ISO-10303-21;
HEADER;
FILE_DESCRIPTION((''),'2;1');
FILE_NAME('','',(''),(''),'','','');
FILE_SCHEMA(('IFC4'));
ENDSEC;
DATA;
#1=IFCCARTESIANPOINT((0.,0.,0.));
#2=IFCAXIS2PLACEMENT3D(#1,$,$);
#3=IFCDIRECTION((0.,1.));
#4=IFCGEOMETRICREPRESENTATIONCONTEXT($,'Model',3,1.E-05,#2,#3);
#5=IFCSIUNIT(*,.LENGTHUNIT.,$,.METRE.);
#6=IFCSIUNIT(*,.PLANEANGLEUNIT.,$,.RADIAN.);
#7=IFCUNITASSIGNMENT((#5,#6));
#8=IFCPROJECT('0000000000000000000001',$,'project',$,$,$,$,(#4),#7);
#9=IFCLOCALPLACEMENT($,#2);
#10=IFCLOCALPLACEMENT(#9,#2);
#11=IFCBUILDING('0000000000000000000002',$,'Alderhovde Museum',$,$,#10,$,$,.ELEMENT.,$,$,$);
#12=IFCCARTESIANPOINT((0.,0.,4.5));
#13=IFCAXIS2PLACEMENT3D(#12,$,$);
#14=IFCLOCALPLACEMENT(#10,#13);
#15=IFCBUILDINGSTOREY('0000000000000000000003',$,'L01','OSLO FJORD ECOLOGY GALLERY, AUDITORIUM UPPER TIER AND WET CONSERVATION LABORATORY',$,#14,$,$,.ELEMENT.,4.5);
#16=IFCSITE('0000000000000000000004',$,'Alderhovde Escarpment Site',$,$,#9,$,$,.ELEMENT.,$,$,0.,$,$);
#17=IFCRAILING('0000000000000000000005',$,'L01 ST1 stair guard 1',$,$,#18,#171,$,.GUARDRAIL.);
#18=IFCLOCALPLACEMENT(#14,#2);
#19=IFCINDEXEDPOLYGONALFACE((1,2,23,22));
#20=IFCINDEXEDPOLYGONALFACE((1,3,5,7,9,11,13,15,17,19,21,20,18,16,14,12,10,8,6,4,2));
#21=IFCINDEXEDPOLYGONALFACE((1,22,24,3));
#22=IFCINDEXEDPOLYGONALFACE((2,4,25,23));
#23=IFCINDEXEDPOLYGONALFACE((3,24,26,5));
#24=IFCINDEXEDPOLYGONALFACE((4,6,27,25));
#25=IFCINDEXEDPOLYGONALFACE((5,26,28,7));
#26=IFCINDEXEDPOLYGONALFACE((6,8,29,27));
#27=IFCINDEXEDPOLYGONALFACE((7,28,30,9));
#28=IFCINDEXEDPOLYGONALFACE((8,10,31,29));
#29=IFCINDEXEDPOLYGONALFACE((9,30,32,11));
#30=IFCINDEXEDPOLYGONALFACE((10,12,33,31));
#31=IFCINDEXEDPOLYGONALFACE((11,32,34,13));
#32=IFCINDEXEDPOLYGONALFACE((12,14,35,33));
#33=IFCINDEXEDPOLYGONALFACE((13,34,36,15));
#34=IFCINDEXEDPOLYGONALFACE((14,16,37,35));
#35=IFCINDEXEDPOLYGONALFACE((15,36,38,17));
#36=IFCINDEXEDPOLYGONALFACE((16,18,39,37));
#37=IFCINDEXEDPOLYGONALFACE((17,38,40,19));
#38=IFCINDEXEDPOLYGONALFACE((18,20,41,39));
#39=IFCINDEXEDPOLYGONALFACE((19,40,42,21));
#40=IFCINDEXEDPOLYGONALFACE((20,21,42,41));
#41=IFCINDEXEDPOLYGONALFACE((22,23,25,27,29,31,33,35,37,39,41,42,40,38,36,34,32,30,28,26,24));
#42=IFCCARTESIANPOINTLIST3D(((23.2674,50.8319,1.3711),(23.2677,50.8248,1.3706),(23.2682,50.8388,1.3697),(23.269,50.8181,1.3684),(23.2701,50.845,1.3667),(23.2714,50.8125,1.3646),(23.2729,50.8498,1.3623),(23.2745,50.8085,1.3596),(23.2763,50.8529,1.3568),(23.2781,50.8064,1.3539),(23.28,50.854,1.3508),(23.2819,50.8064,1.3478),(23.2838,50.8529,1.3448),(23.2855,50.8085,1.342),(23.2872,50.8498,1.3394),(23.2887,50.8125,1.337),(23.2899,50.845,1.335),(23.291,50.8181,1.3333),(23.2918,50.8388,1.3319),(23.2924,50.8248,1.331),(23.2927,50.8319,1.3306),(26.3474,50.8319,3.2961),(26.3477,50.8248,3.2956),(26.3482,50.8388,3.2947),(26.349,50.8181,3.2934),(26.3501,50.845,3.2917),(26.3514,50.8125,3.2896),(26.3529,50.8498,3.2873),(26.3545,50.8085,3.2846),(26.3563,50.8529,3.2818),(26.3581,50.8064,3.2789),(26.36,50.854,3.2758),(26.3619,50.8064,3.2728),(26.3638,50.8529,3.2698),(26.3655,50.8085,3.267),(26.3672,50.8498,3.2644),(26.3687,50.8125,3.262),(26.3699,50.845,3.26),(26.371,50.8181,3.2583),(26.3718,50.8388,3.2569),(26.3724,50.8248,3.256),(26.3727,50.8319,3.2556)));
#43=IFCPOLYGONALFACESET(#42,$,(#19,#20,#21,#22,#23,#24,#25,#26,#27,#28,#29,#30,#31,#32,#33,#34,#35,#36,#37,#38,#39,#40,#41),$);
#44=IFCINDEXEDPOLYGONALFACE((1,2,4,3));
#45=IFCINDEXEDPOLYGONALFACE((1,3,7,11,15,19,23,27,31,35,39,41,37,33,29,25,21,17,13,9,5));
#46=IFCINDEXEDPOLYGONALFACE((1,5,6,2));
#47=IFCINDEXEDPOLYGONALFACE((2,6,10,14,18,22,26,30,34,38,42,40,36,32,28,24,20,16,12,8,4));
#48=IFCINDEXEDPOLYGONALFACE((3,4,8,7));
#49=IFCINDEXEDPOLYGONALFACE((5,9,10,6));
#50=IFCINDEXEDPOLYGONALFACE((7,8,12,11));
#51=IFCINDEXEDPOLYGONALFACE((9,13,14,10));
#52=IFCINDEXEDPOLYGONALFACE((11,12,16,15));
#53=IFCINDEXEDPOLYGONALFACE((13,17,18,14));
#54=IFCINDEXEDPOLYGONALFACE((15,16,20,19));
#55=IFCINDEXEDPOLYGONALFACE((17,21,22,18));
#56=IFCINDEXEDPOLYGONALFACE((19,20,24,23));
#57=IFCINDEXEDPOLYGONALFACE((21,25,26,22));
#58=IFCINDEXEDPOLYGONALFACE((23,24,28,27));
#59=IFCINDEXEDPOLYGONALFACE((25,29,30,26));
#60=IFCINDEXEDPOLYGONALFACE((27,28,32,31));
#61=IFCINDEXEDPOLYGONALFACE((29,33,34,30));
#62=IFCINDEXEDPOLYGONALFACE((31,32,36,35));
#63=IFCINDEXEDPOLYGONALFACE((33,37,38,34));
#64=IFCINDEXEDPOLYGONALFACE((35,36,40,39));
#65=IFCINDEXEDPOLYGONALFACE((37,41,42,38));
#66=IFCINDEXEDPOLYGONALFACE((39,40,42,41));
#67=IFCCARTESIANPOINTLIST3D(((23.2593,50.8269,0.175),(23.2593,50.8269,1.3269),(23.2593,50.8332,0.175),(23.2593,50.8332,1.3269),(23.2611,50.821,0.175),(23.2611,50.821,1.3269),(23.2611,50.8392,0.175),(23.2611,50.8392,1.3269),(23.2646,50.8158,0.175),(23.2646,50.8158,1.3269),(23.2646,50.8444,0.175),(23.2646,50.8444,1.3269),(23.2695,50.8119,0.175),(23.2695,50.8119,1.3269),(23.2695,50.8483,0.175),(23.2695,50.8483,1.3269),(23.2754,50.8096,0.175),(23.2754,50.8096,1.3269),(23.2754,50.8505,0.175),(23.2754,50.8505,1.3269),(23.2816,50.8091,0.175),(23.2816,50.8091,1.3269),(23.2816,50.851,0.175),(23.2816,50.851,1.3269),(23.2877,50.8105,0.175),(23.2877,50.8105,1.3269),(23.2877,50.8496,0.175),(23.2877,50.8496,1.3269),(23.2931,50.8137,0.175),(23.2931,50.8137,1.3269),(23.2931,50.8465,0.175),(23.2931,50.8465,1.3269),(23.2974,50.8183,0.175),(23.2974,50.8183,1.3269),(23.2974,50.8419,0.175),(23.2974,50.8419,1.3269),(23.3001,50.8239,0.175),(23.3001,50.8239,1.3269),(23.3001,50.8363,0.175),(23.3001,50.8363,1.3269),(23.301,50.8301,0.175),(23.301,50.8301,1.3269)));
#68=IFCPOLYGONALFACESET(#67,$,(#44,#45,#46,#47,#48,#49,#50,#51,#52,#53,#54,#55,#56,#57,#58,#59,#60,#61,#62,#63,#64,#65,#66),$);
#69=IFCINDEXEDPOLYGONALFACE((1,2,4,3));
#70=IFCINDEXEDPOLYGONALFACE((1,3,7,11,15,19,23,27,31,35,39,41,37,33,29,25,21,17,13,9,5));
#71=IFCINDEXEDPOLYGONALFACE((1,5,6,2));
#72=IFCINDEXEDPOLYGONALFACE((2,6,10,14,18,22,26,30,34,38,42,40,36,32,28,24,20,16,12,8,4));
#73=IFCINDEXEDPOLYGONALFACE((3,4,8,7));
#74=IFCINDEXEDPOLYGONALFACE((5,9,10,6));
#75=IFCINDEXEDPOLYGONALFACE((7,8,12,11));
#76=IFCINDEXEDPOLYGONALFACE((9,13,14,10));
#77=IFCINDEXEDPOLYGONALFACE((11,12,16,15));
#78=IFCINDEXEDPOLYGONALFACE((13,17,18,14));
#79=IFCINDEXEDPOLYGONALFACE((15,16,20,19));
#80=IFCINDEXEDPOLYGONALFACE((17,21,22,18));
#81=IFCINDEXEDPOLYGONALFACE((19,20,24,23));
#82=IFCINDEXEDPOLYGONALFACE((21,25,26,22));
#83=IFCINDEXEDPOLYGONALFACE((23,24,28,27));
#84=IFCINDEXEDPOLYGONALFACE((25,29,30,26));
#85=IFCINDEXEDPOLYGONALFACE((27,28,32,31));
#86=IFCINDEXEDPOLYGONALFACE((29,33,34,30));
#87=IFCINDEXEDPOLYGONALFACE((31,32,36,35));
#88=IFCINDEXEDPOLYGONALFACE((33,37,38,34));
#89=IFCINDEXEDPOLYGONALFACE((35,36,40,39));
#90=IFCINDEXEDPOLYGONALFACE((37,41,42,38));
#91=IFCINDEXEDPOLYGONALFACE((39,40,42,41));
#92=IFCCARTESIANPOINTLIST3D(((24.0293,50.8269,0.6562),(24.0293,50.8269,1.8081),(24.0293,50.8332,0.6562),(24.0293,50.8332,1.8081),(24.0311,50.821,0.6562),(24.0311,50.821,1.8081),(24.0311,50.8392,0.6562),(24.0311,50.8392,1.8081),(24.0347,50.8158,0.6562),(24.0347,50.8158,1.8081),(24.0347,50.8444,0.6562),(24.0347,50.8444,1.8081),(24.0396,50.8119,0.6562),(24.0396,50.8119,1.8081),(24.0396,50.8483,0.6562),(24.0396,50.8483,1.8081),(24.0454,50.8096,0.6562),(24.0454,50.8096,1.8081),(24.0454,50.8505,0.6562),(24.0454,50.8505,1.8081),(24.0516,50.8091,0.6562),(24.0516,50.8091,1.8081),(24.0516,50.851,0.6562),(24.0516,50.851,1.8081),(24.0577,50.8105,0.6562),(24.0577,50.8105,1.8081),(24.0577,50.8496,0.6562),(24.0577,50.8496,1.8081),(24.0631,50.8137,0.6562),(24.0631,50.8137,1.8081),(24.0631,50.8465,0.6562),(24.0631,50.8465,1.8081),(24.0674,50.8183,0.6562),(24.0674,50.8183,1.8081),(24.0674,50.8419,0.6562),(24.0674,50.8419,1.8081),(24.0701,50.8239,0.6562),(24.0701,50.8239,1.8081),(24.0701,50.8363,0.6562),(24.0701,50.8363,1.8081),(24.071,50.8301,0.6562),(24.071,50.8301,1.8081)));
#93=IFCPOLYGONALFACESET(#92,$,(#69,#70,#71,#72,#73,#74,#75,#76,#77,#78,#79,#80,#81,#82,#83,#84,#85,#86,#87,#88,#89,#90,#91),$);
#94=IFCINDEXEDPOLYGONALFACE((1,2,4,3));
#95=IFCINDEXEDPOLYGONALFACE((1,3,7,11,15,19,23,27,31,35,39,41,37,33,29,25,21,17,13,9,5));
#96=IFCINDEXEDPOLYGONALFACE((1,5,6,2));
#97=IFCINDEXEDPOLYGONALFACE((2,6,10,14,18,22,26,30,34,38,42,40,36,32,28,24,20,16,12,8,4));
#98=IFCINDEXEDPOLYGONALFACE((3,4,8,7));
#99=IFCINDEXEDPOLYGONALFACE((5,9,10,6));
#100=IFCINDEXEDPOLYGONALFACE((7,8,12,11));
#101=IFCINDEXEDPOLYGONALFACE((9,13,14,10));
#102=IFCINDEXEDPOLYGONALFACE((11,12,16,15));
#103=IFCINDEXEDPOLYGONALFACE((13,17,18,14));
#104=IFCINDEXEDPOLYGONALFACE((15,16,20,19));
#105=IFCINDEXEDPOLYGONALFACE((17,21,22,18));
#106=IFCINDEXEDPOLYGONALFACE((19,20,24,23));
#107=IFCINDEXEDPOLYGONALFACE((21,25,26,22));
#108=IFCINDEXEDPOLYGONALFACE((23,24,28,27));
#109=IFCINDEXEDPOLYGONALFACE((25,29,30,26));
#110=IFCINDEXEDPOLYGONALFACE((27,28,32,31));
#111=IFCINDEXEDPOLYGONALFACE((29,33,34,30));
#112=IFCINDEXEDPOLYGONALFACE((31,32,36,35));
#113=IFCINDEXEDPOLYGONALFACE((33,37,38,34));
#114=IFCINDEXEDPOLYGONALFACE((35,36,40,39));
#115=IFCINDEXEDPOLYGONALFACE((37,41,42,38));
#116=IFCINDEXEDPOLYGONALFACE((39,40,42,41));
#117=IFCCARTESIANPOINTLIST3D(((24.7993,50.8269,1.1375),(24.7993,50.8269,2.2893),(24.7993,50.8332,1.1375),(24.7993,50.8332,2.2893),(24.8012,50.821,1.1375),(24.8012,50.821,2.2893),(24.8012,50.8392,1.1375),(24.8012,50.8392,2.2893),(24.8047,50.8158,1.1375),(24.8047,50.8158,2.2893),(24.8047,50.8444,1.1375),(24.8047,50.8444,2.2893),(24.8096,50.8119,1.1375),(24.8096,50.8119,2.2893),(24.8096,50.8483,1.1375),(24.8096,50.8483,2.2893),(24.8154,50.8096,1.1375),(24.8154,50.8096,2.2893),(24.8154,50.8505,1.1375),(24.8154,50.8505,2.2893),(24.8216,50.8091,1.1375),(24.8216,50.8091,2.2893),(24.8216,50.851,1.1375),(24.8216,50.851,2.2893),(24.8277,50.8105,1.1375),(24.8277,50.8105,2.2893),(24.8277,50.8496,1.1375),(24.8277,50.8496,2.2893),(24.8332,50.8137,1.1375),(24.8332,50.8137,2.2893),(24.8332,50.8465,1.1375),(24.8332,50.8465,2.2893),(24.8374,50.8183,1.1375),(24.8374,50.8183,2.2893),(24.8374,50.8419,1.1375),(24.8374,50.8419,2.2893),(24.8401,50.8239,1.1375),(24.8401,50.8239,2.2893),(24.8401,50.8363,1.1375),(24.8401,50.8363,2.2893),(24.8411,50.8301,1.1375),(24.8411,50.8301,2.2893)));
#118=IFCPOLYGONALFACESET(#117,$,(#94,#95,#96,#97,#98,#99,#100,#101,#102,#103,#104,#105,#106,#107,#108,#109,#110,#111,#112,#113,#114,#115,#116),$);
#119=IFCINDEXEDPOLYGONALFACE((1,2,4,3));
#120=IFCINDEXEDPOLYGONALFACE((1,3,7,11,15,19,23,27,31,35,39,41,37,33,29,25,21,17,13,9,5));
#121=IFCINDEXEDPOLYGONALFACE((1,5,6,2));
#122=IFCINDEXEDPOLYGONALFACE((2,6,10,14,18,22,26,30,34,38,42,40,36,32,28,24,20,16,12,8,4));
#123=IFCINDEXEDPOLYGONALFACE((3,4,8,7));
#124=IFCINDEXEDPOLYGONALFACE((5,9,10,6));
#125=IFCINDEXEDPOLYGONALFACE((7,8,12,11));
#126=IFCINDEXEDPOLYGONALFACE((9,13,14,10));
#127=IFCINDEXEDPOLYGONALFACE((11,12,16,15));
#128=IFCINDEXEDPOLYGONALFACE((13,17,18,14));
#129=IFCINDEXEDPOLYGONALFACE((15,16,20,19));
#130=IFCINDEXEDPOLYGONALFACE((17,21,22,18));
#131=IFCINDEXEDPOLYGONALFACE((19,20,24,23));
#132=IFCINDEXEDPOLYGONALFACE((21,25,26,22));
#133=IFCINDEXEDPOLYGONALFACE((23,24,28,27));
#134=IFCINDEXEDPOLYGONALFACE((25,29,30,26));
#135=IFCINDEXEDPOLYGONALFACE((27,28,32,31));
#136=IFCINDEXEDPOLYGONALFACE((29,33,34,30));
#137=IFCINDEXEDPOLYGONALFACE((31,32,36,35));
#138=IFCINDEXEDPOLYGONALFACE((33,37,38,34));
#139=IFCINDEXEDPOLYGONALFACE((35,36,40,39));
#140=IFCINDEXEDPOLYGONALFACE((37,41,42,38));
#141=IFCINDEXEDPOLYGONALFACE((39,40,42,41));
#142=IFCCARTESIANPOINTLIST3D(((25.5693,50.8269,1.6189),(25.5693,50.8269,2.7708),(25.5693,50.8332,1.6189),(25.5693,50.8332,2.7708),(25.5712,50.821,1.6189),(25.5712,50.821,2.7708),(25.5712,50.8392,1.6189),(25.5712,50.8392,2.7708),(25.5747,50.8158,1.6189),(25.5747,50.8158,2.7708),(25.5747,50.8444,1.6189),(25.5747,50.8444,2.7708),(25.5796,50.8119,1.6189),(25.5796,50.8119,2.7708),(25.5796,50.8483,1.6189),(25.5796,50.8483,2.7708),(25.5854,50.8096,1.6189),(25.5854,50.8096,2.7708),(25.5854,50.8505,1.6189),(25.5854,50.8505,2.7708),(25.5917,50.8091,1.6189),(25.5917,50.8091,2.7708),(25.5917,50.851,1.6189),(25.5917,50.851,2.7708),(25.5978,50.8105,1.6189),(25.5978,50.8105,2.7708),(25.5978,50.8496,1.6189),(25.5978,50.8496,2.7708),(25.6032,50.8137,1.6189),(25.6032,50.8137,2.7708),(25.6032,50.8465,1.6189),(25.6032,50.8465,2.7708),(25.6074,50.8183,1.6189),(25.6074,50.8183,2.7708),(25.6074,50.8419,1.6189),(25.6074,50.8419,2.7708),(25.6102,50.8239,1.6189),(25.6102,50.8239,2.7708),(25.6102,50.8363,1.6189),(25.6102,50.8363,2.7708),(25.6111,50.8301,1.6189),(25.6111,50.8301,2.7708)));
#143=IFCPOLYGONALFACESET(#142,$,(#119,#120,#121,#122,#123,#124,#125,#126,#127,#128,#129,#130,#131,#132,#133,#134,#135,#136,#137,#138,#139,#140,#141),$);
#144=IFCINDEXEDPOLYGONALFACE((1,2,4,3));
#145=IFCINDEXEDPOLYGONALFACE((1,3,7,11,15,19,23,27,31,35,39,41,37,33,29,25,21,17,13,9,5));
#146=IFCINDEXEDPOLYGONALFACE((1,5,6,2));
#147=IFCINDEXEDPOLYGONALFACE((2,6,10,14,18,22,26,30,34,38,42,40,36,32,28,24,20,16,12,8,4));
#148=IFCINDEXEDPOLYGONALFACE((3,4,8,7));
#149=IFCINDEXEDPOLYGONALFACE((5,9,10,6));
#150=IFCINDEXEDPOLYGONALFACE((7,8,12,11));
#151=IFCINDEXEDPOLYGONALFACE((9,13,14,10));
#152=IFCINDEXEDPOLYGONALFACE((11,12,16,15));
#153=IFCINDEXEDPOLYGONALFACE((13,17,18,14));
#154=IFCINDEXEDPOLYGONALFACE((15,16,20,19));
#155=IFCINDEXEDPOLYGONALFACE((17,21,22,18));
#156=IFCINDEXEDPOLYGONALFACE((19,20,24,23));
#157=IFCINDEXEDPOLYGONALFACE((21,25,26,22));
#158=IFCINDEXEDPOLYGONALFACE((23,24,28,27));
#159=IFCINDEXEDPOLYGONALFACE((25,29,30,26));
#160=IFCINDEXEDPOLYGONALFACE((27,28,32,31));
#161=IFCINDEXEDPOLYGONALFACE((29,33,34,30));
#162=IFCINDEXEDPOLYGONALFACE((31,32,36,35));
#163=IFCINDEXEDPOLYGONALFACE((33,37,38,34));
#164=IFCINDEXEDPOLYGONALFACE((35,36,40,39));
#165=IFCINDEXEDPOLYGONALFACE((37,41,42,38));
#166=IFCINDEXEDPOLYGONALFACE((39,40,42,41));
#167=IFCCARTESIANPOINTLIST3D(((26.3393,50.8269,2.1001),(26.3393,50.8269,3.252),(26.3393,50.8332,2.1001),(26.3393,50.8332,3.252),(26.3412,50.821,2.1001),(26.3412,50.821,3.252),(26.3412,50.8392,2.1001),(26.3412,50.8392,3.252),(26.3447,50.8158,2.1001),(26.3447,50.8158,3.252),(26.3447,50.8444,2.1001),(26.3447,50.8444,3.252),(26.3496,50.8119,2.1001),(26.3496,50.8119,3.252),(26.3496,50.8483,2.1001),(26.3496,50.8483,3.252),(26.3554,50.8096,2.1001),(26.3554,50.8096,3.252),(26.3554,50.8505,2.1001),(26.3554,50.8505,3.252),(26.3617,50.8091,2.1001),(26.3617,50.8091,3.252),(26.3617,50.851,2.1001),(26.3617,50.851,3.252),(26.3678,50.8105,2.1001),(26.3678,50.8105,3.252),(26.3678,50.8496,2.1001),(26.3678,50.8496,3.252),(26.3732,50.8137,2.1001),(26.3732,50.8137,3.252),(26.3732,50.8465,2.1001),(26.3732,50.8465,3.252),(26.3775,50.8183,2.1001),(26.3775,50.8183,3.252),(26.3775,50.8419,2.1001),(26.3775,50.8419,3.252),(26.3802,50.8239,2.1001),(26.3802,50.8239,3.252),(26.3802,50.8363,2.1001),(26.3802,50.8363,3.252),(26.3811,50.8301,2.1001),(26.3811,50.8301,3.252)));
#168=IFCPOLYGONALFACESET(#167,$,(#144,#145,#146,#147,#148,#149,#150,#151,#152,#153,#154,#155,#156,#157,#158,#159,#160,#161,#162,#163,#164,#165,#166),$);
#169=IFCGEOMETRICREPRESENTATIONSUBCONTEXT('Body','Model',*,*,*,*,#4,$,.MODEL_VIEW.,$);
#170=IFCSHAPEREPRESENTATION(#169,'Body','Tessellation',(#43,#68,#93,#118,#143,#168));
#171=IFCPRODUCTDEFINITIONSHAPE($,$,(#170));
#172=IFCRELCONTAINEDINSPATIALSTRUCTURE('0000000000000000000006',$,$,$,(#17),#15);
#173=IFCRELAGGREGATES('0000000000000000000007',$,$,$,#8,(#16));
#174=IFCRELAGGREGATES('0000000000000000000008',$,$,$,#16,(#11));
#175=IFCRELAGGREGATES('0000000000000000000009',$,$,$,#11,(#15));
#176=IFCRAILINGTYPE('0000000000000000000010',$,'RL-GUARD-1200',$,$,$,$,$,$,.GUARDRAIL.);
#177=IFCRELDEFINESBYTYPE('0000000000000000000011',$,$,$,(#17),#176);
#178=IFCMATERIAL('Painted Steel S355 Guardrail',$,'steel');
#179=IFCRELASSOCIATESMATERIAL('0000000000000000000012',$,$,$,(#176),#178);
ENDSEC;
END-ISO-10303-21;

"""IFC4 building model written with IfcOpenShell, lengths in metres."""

from ifc_helpers import new_model, si_unit, direction, frame, origin, origin_2d, place, context, subcontext, project, spatial, circle, extrude, material, type_object, element, save


model = new_model("IFC4")

# Units and contexts
model_context = context("Model", 3, precision=1e-05, world=origin(), true_north=direction((0.0, 1.0)))
body_context = subcontext(model_context, "Body", "Model", "MODEL_VIEW")
ifc_project = project(units=[si_unit("LENGTHUNIT", "METRE"), si_unit("PLANEANGLEUNIT", "RADIAN")], contexts=[model_context])

# Site, building, storey
site_placement = place(None, origin())
site = spatial("IfcSite", under=ifc_project, at=site_placement, Name="Alderhovde Escarpment Site", CompositionType="ELEMENT", RefElevation=0.0)
building_placement = place(site_placement, origin())
building = spatial("IfcBuilding", under=site, at=building_placement, Name="Alderhovde Museum", CompositionType="ELEMENT")
storey_placement = place(building_placement, frame((0.0, 0.0, 4.5)))
storey = spatial("IfcBuildingStorey", under=building, at=storey_placement, Name="L01", Description="OSLO FJORD ECOLOGY GALLERY, AUDITORIUM UPPER TIER AND WET CONSERVATION LABORATORY", CompositionType="ELEMENT", Elevation=4.5)

# Railing
ifc_material_1 = material(Name="Painted Steel S355 Guardrail", Category="steel")
railing_type_1 = type_object("IfcRailingType", Name="RL-GUARD-1200", PredefinedType="GUARDRAIL", material=ifc_material_1)
railing_1_placement = place(storey_placement, frame((23.28, 50.8301, 0.175)))
element("IfcRailing", 1, at=railing_1_placement, inside=storey, type_object=railing_type_1, Name="L01 ST1 stair guard 1", PredefinedType="GUARDRAIL", context=body_context, shape_type="SweptSolid", body=[
    extrude(circle(Radius=0.0239, at=origin_2d()), frame((0.0, 0.0, 1.1758), z_axis=(0.847998, 0.0, 0.529999), x_axis=(0.0, 1.0, 0.0)), (0.0, 0.0, 1.0), 3.6321),
    extrude(circle(Radius=0.021, at=origin_2d()), origin(), (0.0, 0.0, 1.0), 1.1519),
    extrude(circle(Radius=0.021, at=origin_2d()), frame((0.77, 0.0, 0.4812)), (0.0, 0.0, 1.0), 1.1519),
    extrude(circle(Radius=0.021, at=origin_2d()), frame((1.54, 0.0, 0.9624)), (0.0, 0.0, 1.0), 1.1519),
    extrude(circle(Radius=0.021, at=origin_2d()), frame((2.3101, 0.0, 1.4438)), (0.0, 0.0, 1.0), 1.1519),
    extrude(circle(Radius=0.021, at=origin_2d()), frame((3.0801, 0.0, 1.925)), (0.0, 0.0, 1.0), 1.1519),
])

save(model, "model.ifc")
